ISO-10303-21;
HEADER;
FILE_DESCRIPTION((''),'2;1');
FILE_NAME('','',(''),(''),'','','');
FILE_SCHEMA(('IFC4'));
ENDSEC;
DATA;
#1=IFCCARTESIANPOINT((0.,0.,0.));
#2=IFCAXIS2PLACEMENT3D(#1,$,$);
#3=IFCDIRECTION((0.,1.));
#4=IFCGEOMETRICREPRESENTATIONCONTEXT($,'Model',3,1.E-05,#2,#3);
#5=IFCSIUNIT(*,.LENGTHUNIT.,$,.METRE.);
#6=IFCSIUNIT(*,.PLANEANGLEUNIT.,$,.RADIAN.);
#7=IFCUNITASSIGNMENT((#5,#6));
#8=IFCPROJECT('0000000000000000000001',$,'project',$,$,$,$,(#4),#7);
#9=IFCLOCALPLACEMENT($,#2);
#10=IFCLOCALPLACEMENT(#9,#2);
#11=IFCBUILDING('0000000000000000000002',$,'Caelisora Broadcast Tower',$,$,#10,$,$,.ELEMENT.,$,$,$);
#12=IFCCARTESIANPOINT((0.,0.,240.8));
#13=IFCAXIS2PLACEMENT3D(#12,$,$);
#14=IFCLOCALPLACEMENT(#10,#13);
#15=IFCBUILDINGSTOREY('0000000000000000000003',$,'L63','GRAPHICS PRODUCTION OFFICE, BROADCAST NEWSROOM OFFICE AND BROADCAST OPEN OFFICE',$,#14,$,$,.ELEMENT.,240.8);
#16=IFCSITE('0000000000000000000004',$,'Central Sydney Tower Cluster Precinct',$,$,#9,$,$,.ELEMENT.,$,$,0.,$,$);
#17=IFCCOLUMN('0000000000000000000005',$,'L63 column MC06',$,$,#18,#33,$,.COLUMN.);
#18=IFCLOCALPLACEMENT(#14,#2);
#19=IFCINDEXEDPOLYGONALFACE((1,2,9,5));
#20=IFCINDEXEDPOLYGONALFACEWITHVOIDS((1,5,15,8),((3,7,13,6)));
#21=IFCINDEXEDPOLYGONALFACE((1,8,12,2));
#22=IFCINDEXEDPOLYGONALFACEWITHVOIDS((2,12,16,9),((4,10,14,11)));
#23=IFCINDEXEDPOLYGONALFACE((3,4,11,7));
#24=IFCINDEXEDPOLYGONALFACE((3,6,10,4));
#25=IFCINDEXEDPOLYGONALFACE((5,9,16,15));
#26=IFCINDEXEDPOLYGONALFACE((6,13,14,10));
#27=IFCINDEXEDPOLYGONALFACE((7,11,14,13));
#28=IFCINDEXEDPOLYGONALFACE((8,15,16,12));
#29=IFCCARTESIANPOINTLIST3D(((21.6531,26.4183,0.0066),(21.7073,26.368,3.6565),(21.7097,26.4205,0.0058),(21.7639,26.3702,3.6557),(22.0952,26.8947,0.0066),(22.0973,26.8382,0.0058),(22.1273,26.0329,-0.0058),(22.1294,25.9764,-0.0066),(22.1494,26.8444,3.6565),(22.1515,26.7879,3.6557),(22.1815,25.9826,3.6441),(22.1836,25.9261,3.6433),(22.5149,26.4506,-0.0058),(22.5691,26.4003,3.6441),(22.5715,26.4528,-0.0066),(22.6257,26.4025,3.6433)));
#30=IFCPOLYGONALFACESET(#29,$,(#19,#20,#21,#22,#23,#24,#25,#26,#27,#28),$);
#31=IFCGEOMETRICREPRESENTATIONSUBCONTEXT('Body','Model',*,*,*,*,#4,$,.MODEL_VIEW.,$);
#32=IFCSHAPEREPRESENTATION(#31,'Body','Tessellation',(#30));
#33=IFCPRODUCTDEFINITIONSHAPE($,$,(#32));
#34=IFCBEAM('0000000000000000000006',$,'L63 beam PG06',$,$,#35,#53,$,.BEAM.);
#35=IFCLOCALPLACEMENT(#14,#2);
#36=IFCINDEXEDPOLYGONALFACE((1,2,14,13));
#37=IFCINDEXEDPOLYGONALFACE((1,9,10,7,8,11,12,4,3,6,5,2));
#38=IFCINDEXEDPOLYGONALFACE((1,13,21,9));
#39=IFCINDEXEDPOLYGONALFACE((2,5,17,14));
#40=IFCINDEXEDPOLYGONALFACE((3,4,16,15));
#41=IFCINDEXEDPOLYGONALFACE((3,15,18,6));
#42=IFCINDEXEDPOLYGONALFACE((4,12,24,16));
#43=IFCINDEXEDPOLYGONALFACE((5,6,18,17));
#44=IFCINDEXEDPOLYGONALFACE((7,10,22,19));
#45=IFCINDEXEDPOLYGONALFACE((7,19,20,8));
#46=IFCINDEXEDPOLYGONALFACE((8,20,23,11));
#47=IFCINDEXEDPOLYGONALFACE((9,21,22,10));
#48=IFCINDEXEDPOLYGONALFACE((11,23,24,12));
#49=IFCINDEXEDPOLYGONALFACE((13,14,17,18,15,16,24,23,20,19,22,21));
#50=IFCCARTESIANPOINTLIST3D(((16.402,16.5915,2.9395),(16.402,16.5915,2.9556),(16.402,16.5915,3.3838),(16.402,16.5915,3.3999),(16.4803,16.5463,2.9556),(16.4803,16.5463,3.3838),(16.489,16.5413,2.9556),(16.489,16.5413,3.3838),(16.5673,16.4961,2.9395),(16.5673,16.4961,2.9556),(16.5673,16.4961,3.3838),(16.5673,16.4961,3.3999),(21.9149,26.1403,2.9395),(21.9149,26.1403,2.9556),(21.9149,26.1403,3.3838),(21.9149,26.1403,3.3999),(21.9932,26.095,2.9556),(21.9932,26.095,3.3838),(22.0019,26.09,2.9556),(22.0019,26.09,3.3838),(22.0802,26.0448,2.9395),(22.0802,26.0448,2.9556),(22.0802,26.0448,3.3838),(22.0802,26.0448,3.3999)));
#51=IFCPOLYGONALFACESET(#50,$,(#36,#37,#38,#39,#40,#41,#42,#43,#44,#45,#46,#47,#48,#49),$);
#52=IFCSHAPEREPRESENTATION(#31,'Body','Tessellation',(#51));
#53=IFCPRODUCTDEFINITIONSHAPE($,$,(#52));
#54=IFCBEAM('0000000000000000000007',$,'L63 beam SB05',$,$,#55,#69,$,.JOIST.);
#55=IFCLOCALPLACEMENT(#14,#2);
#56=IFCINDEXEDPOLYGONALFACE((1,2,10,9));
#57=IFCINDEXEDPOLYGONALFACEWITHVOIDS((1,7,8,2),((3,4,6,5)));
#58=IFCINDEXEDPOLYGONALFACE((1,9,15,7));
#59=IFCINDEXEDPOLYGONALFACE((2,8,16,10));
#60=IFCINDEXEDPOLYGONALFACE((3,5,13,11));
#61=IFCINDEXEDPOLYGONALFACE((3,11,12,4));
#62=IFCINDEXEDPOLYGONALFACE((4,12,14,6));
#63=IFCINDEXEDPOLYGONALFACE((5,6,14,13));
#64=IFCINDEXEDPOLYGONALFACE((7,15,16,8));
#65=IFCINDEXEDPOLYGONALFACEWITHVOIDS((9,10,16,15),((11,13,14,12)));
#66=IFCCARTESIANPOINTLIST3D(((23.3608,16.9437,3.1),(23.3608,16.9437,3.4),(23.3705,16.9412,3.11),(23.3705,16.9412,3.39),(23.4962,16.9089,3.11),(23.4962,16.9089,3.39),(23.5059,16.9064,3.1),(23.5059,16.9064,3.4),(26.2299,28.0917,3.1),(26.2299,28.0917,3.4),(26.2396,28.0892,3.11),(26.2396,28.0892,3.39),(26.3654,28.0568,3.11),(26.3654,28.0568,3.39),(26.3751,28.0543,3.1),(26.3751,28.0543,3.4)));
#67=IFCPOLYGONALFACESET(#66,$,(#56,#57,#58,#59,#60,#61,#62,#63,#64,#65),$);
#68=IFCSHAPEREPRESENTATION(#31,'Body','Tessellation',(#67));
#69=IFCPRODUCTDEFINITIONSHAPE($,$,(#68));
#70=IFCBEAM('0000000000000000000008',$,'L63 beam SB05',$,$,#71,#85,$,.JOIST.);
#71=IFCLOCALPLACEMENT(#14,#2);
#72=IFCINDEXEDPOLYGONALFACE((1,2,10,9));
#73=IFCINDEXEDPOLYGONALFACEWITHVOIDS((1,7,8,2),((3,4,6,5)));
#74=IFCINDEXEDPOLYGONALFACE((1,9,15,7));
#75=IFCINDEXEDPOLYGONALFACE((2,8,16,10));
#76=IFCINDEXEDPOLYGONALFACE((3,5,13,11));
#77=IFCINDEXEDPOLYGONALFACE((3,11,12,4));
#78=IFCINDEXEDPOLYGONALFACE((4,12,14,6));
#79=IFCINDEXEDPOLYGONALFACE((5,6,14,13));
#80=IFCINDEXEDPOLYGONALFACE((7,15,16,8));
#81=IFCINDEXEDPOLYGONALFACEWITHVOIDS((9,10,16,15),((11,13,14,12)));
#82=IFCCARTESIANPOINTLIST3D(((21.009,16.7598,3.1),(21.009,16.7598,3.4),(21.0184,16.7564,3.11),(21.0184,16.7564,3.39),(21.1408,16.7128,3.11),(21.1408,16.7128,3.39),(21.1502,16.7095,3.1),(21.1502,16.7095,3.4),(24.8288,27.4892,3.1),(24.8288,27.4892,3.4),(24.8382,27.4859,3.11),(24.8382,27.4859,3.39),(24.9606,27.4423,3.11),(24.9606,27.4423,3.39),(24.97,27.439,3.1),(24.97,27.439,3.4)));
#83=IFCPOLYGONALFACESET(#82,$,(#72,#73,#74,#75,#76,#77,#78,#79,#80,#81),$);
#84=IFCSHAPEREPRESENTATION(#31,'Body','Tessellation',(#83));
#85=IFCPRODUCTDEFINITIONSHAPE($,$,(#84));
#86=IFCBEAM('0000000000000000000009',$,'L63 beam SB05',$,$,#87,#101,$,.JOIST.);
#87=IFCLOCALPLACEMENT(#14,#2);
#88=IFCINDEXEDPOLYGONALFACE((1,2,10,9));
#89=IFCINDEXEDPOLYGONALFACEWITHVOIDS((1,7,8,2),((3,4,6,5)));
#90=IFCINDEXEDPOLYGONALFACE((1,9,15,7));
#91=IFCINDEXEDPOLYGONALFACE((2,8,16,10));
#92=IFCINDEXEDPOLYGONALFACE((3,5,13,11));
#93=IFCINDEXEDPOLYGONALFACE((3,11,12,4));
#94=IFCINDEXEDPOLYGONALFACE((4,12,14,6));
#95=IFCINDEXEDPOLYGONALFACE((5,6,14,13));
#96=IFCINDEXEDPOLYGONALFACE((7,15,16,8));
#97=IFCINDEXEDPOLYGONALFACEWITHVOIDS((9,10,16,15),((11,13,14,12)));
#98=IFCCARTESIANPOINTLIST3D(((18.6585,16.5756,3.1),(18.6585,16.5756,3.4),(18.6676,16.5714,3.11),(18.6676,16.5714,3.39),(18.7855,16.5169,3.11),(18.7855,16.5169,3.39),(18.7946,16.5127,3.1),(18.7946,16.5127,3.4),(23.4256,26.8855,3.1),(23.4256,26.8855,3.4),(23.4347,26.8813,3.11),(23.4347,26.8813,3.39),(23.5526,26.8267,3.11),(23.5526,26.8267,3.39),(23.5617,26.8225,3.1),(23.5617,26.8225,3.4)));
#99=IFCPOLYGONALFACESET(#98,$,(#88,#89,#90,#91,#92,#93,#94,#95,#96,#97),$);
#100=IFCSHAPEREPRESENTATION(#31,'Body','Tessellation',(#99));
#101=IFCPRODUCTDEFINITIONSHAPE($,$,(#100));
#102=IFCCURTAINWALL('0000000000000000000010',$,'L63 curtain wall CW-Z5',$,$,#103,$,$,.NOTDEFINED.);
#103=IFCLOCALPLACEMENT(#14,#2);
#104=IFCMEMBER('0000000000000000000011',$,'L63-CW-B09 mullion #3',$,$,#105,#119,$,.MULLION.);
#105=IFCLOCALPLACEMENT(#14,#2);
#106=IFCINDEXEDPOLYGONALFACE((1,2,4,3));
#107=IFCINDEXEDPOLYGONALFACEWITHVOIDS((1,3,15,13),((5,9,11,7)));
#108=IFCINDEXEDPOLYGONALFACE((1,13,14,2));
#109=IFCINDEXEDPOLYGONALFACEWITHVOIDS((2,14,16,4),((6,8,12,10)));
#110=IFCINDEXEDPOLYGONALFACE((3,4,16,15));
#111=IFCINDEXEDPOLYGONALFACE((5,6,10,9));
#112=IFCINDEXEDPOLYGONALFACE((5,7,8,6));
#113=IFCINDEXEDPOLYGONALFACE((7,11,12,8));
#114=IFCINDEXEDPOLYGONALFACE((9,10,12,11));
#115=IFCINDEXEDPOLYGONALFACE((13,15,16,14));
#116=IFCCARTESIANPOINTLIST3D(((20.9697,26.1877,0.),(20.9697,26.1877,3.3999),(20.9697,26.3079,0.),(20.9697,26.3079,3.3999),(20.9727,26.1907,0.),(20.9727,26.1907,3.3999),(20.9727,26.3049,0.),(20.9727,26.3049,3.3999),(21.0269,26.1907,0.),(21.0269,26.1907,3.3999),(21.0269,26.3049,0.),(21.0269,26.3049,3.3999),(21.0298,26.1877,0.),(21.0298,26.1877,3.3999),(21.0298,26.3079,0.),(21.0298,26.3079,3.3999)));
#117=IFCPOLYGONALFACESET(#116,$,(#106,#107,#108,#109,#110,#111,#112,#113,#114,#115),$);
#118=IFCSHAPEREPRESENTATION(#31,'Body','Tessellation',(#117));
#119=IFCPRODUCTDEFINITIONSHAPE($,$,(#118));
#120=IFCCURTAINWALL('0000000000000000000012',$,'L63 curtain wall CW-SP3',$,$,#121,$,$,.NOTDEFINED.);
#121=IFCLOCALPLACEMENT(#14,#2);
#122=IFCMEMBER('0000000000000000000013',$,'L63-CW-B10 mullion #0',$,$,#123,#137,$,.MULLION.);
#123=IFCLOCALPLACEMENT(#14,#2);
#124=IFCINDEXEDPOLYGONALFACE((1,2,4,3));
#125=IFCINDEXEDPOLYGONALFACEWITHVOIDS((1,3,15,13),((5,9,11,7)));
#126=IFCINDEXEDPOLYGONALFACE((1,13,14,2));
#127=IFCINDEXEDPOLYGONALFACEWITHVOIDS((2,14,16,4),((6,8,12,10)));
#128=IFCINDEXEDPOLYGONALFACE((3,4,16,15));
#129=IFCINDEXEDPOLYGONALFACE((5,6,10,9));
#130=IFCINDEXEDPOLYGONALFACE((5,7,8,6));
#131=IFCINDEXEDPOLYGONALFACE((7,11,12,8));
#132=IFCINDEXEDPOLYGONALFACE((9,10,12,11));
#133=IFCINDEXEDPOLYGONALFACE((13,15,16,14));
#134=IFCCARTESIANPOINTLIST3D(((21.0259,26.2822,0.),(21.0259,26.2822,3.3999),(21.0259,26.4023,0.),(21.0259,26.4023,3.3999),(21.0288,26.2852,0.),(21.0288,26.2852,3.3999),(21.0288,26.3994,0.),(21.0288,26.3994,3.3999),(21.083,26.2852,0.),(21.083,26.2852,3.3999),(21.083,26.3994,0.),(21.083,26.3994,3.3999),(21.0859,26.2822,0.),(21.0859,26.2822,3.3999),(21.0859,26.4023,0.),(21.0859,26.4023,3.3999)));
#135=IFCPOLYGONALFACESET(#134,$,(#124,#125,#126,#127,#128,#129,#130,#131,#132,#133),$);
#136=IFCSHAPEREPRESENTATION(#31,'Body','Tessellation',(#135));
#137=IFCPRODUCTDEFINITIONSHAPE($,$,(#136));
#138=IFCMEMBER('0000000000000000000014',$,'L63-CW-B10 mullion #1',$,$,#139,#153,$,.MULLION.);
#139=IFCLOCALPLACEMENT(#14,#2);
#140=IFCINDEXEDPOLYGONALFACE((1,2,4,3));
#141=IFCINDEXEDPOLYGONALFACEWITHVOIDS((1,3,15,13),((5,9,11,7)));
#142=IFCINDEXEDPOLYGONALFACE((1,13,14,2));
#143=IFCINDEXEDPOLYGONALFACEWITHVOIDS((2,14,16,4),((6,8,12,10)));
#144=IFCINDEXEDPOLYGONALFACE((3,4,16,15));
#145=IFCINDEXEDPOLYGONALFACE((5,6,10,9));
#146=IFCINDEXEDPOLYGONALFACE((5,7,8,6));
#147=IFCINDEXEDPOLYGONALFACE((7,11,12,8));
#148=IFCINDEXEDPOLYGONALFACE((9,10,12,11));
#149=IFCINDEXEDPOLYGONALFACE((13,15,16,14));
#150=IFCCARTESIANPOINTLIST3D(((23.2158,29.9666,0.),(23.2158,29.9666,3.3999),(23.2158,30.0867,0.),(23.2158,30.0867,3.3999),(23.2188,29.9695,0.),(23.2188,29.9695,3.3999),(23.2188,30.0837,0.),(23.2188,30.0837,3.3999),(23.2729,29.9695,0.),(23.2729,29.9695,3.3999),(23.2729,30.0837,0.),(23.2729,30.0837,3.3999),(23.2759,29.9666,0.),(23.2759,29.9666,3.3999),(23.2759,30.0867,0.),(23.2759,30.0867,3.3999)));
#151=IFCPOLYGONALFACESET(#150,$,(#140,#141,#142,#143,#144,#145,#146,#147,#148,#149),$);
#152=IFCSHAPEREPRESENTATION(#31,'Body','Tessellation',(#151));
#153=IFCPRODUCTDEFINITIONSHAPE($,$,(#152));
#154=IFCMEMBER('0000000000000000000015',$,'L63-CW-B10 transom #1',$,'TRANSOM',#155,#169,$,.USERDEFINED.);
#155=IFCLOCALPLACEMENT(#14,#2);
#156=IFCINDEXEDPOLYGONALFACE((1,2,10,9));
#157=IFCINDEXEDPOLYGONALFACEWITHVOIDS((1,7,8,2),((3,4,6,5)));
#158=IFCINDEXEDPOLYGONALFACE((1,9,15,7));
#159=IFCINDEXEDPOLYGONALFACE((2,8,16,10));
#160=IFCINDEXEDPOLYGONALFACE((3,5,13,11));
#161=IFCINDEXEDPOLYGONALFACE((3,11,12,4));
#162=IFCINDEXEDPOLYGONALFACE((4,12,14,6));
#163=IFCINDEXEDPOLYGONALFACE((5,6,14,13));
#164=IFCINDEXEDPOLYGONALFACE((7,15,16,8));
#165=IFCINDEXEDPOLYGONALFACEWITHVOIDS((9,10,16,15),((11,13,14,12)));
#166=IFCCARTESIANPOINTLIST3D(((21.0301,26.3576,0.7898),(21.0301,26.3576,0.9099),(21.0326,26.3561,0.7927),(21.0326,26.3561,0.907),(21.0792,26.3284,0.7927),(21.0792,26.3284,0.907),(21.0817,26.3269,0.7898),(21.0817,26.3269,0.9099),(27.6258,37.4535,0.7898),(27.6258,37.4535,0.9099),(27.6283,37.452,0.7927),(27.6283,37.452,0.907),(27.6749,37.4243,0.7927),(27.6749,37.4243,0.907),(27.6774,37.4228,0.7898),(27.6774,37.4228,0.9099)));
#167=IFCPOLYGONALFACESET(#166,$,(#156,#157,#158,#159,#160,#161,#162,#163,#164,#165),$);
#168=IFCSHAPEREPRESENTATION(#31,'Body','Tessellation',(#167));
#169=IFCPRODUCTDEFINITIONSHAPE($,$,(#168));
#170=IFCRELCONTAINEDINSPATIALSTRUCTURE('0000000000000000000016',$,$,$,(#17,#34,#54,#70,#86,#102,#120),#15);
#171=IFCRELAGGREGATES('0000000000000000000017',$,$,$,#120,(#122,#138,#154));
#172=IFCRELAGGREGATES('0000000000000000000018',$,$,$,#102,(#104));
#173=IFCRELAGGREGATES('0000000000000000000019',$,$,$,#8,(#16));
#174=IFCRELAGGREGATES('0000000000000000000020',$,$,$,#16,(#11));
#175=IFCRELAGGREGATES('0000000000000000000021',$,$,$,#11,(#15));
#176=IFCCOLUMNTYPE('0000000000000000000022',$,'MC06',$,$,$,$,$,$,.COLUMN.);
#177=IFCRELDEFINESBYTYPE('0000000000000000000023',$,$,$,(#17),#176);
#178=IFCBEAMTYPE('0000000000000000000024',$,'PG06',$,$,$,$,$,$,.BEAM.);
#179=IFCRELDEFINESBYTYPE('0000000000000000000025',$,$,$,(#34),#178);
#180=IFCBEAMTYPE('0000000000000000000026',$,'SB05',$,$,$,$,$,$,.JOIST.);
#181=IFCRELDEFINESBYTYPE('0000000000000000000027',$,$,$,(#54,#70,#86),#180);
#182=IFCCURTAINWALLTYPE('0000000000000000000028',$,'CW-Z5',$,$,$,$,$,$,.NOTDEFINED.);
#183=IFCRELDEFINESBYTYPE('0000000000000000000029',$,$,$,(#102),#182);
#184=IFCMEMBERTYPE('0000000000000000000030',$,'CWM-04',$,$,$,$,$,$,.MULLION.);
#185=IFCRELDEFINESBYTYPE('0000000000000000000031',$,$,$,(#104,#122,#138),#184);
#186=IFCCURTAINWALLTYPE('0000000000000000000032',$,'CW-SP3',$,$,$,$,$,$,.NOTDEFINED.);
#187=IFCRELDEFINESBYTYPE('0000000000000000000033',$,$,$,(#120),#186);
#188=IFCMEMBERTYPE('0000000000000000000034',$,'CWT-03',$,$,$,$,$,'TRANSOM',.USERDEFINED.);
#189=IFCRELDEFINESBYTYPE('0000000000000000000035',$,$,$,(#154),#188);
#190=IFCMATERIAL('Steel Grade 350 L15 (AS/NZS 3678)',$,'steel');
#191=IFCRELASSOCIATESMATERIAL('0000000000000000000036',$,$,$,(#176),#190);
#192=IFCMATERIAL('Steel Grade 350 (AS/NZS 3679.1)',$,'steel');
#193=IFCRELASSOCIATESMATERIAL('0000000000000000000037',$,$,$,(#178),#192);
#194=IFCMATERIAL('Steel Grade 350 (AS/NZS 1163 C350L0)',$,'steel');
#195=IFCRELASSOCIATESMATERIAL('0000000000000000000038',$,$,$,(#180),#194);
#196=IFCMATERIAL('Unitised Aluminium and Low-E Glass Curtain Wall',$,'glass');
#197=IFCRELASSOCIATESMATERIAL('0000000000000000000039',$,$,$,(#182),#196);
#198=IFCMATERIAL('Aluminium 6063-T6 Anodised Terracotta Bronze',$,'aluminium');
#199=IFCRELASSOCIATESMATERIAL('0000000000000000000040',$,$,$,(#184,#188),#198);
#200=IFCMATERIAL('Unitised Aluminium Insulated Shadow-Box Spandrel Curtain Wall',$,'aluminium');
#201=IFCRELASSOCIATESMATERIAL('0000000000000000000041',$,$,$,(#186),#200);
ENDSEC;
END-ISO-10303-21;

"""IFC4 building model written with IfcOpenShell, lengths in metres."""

from ifc_helpers import new_model, si_unit, direction, frame, origin, origin_2d, place, context, subcontext, project, spatial, hollow_rectangle, i_section, extrude, source, transform, mapped, material, material_profile, profile_set, type_object, type_shapes, element, aggregate, save


model = new_model("IFC4")

# Units and contexts
model_context = context("Model", 3, precision=1e-05, world=origin(), true_north=direction((0.0, 1.0)))
body_context = subcontext(model_context, "Body", "Model", "MODEL_VIEW")
ifc_project = project(units=[si_unit("LENGTHUNIT", "METRE"), si_unit("PLANEANGLEUNIT", "RADIAN")], contexts=[model_context])

# Site, building, storey
site_placement = place(None, origin())
site = spatial("IfcSite", under=ifc_project, at=site_placement, Name="Central Sydney Tower Cluster Precinct", CompositionType="ELEMENT", RefElevation=0.0)
building_placement = place(site_placement, origin())
building = spatial("IfcBuilding", under=site, at=building_placement, Name="Caelisora Broadcast Tower", CompositionType="ELEMENT")
storey_placement = place(building_placement, frame((0.0, 0.0, 240.8)))
storey = spatial("IfcBuildingStorey", under=building, at=storey_placement, Name="L63", Description="GRAPHICS PRODUCTION OFFICE, BROADCAST NEWSROOM OFFICE AND BROADCAST OPEN OFFICE", CompositionType="ELEMENT", Elevation=240.8)

# Column
ifc_material_1 = material(Name="Steel Grade 350 L15 (AS/NZS 3678)", Category="steel")
ifc_material_profile_1 = material_profile(ifc_material_1, hollow_rectangle(XDim=0.6499, YDim=0.6499, WallThickness=0.04, at=origin_2d()), Name="Steel Grade 350 L15 (AS/NZS 3678)")
ifc_profile_set_1 = profile_set([ifc_material_profile_1], Name="Steel Grade 350 L15 (AS/NZS 3678)")
column_type = type_object("IfcColumnType", Name="MC06", PredefinedType="COLUMN", material=ifc_profile_set_1)
shared_shape_1 = source(origin(), body_context, "Body", "SweptSolid", [
    extrude(hollow_rectangle(XDim=0.6499, YDim=0.6499, WallThickness=0.04, at=origin_2d()), origin(), (0.0, 0.0, 1.0), 3.6506),
])
type_shapes(column_type, [shared_shape_1])
column_placement = place(storey_placement, frame((22.1123, 26.4355, 0.0), z_axis=(0.014846, -0.013776, 0.999795), x_axis=(0.680198, 0.733029, 0.0)))
element("IfcColumn", 1, at=column_placement, inside=storey, type_object=column_type, Name="L63 column MC06", PredefinedType="COLUMN", context=body_context, shape_type="MappedRepresentation", body=[
    mapped(shared_shape_1, transform((0.0, 0.0, 0.0), scale=1.0)),
])

# Beams
ifc_material_2 = material(Name="Steel Grade 350 (AS/NZS 3679.1)", Category="steel")
ifc_material_profile_2 = material_profile(ifc_material_2, i_section(OverallWidth=0.1909, OverallDepth=0.4604, WebThickness=0.01, FlangeThickness=0.0161, at=origin_2d()), Name="Steel Grade 350 (AS/NZS 3679.1)")
ifc_profile_set_2 = profile_set([ifc_material_profile_2], Name="Steel Grade 350 (AS/NZS 3679.1)")
beam_type_1 = type_object("IfcBeamType", Name="PG06", PredefinedType="BEAM", material=ifc_profile_set_2)
shared_shape_2 = source(origin(), body_context, "Body", "SweptSolid", [
    extrude(i_section(OverallWidth=0.1909, OverallDepth=0.4604, WebThickness=0.01, FlangeThickness=0.0161, at=origin_2d()), origin(), (0.0, 0.0, 1.0), 11.0259),
])
type_shapes(beam_type_1, [shared_shape_2])
beam_1_placement = place(storey_placement, frame((21.9976, 26.0925, 3.1697), z_axis=(-0.499995, -0.866029, 0.0), x_axis=(0.866029, -0.499995, 0.0)))
element("IfcBeam", 2, at=beam_1_placement, inside=storey, type_object=beam_type_1, Name="L63 beam PG06", PredefinedType="BEAM", context=body_context, shape_type="MappedRepresentation", body=[
    mapped(shared_shape_2, transform((0.0, 0.0, 0.0), scale=1.0)),
])
ifc_material_3 = material(Name="Steel Grade 350 (AS/NZS 1163 C350L0)", Category="steel")
ifc_material_profile_3 = material_profile(ifc_material_3, hollow_rectangle(XDim=0.1499, YDim=0.3, WallThickness=0.01, at=origin_2d()), Name="Steel Grade 350 (AS/NZS 1163 C350L0)")
ifc_profile_set_3 = profile_set([ifc_material_profile_3], Name="Steel Grade 350 (AS/NZS 1163 C350L0)")
beam_type_2 = type_object("IfcBeamType", Name="SB05", PredefinedType="JOIST", material=ifc_profile_set_3)
shared_shape_3 = source(origin(), body_context, "Body", "SweptSolid", [
    extrude(hollow_rectangle(XDim=0.1499, YDim=0.3, WallThickness=0.01, at=origin_2d()), origin(), (0.0, 0.0, 1.0), 11.5112),
])
beam_2_placement = place(storey_placement, frame((26.3025, 28.073, 3.25), z_axis=(-0.249247, -0.96844, 0.0), x_axis=(0.96844, -0.249247, 0.0)))
element("IfcBeam", 3, at=beam_2_placement, inside=storey, type_object=beam_type_2, Name="L63 beam SB05", PredefinedType="JOIST", context=body_context, shape_type="MappedRepresentation", body=[
    mapped(shared_shape_3, transform((0.0, 0.0, 0.0), scale=1.0)),
])
shared_shape_4 = source(origin(), body_context, "Body", "SweptSolid", [
    extrude(hollow_rectangle(XDim=0.1499, YDim=0.3, WallThickness=0.01, at=origin_2d()), origin(), (0.0, 0.0, 1.0), 11.3892),
])
beam_3_placement = place(storey_placement, frame((24.8994, 27.4641, 3.25), z_axis=(-0.335391, -0.942079, 0.0), x_axis=(0.942079, -0.335391, 0.0)))
element("IfcBeam", 4, at=beam_3_placement, inside=storey, type_object=beam_type_2, Name="L63 beam SB05", PredefinedType="JOIST", context=body_context, shape_type="MappedRepresentation", body=[
    mapped(shared_shape_4, transform((0.0, 0.0, 0.0), scale=1.0)),
])
shared_shape_5 = source(origin(), body_context, "Body", "SweptSolid", [
    extrude(hollow_rectangle(XDim=0.1499, YDim=0.3, WallThickness=0.01, at=origin_2d()), origin(), (0.0, 0.0, 1.0), 11.3586),
])
type_shapes(beam_type_2, [shared_shape_3, shared_shape_4, shared_shape_5])
beam_4_placement = place(storey_placement, frame((23.4937, 26.854, 3.25), z_axis=(-0.419691, -0.907667, 0.0), x_axis=(0.907667, -0.419691, 0.0)))
element("IfcBeam", 5, at=beam_4_placement, inside=storey, type_object=beam_type_2, Name="L63 beam SB05", PredefinedType="JOIST", context=body_context, shape_type="MappedRepresentation", body=[
    mapped(shared_shape_5, transform((0.0, 0.0, 0.0), scale=1.0)),
])

# Curtain wall, member
ifc_material_4 = material(Name="Unitised Aluminium and Low-E Glass Curtain Wall", Category="glass")
curtain_wall_type_1 = type_object("IfcCurtainWallType", Name="CW-Z5", PredefinedType="NOTDEFINED", material=ifc_material_4)
curtain_wall_1_placement = place(storey_placement, origin())
curtain_wall_1 = element("IfcCurtainWall", 6, at=curtain_wall_1_placement, inside=storey, type_object=curtain_wall_type_1, Name="L63 curtain wall CW-Z5", PredefinedType="NOTDEFINED")
ifc_material_5 = material(Name="Aluminium 6063-T6 Anodised Terracotta Bronze", Category="aluminium")
ifc_material_profile_4 = material_profile(ifc_material_5, hollow_rectangle(XDim=0.0601, YDim=0.1201, WallThickness=0.0029, at=origin_2d()), Name="Aluminium 6063-T6 Anodised Terracotta Bronze")
ifc_profile_set_4 = profile_set([ifc_material_profile_4], Name="Aluminium 6063-T6 Anodised Terracotta Bronze")
member_type_1 = type_object("IfcMemberType", Name="CWM-04", PredefinedType="MULLION", material=ifc_profile_set_4)
shared_shape_6 = source(origin(), body_context, "Body", "SweptSolid", [
    extrude(hollow_rectangle(XDim=0.0601, YDim=0.1201, WallThickness=0.0029, at=origin_2d()), origin(), (0.0, 0.0, 1.0), 3.3999),
])
type_shapes(member_type_1, [shared_shape_6])
member_1_placement = place(storey_placement, frame((20.9998, 26.2478, 0.0), z_axis=(0.0, 0.0, 1.0), x_axis=(1.0, 0.0, 0.0)))
member_1 = element("IfcMember", 7, at=member_1_placement, type_object=member_type_1, Name="L63-CW-B09 mullion #3", PredefinedType="MULLION", context=body_context, shape_type="MappedRepresentation", body=[
    mapped(shared_shape_6, transform((0.0, 0.0, 0.0), scale=1.0)),
])

# Curtain wall, members
ifc_material_6 = material(Name="Unitised Aluminium Insulated Shadow-Box Spandrel Curtain Wall", Category="aluminium")
curtain_wall_type_2 = type_object("IfcCurtainWallType", Name="CW-SP3", PredefinedType="NOTDEFINED", material=ifc_material_6)
curtain_wall_2_placement = place(storey_placement, origin())
curtain_wall_2 = element("IfcCurtainWall", 8, at=curtain_wall_2_placement, inside=storey, type_object=curtain_wall_type_2, Name="L63 curtain wall CW-SP3", PredefinedType="NOTDEFINED")
member_2_placement = place(storey_placement, frame((21.0559, 26.3423, 0.0), z_axis=(0.0, 0.0, 1.0), x_axis=(1.0, 0.0, 0.0)))
member_2 = element("IfcMember", 9, at=member_2_placement, type_object=member_type_1, Name="L63-CW-B10 mullion #0", PredefinedType="MULLION", context=body_context, shape_type="MappedRepresentation", body=[
    mapped(shared_shape_6, transform((0.0, 0.0, 0.0), scale=1.0)),
])
member_3_placement = place(storey_placement, frame((23.2458, 30.0266, 0.0), z_axis=(0.0, 0.0, 1.0), x_axis=(1.0, 0.0, 0.0)))
member_3 = element("IfcMember", 10, at=member_3_placement, type_object=member_type_1, Name="L63-CW-B10 mullion #1", PredefinedType="MULLION", context=body_context, shape_type="MappedRepresentation", body=[
    mapped(shared_shape_6, transform((0.0, 0.0, 0.0), scale=1.0)),
])
ifc_material_profile_5 = material_profile(ifc_material_5, hollow_rectangle(XDim=0.0601, YDim=0.1201, WallThickness=0.0029, at=origin_2d()), Name="Aluminium 6063-T6 Anodised Terracotta Bronze")
ifc_profile_set_5 = profile_set([ifc_material_profile_5], Name="Aluminium 6063-T6 Anodised Terracotta Bronze")
member_type_2 = type_object("IfcMemberType", Name="CWT-03", ElementType="TRANSOM", PredefinedType="USERDEFINED", material=ifc_profile_set_5)
shared_shape_7 = source(origin(), body_context, "Body", "SweptSolid", [
    extrude(hollow_rectangle(XDim=0.0601, YDim=0.1201, WallThickness=0.0029, at=origin_2d()), origin(), (0.0, 0.0, 1.0), 12.9082),
])
type_shapes(member_type_2, [shared_shape_7])
member_4_placement = place(storey_placement, frame((21.0559, 26.3423, 0.8499), z_axis=(0.510967, 0.8596, 0.0), x_axis=(-0.8596, 0.510967, 0.0)))
member_4 = element("IfcMember", 11, at=member_4_placement, type_object=member_type_2, Name="L63-CW-B10 transom #1", ObjectType="TRANSOM", PredefinedType="USERDEFINED", context=body_context, shape_type="MappedRepresentation", body=[
    mapped(shared_shape_7, transform((0.0, 0.0, 0.0), scale=1.0)),
])

aggregate(curtain_wall_2, [member_2, member_3, member_4])
aggregate(curtain_wall_1, [member_1])

save(model, "model.ifc")
